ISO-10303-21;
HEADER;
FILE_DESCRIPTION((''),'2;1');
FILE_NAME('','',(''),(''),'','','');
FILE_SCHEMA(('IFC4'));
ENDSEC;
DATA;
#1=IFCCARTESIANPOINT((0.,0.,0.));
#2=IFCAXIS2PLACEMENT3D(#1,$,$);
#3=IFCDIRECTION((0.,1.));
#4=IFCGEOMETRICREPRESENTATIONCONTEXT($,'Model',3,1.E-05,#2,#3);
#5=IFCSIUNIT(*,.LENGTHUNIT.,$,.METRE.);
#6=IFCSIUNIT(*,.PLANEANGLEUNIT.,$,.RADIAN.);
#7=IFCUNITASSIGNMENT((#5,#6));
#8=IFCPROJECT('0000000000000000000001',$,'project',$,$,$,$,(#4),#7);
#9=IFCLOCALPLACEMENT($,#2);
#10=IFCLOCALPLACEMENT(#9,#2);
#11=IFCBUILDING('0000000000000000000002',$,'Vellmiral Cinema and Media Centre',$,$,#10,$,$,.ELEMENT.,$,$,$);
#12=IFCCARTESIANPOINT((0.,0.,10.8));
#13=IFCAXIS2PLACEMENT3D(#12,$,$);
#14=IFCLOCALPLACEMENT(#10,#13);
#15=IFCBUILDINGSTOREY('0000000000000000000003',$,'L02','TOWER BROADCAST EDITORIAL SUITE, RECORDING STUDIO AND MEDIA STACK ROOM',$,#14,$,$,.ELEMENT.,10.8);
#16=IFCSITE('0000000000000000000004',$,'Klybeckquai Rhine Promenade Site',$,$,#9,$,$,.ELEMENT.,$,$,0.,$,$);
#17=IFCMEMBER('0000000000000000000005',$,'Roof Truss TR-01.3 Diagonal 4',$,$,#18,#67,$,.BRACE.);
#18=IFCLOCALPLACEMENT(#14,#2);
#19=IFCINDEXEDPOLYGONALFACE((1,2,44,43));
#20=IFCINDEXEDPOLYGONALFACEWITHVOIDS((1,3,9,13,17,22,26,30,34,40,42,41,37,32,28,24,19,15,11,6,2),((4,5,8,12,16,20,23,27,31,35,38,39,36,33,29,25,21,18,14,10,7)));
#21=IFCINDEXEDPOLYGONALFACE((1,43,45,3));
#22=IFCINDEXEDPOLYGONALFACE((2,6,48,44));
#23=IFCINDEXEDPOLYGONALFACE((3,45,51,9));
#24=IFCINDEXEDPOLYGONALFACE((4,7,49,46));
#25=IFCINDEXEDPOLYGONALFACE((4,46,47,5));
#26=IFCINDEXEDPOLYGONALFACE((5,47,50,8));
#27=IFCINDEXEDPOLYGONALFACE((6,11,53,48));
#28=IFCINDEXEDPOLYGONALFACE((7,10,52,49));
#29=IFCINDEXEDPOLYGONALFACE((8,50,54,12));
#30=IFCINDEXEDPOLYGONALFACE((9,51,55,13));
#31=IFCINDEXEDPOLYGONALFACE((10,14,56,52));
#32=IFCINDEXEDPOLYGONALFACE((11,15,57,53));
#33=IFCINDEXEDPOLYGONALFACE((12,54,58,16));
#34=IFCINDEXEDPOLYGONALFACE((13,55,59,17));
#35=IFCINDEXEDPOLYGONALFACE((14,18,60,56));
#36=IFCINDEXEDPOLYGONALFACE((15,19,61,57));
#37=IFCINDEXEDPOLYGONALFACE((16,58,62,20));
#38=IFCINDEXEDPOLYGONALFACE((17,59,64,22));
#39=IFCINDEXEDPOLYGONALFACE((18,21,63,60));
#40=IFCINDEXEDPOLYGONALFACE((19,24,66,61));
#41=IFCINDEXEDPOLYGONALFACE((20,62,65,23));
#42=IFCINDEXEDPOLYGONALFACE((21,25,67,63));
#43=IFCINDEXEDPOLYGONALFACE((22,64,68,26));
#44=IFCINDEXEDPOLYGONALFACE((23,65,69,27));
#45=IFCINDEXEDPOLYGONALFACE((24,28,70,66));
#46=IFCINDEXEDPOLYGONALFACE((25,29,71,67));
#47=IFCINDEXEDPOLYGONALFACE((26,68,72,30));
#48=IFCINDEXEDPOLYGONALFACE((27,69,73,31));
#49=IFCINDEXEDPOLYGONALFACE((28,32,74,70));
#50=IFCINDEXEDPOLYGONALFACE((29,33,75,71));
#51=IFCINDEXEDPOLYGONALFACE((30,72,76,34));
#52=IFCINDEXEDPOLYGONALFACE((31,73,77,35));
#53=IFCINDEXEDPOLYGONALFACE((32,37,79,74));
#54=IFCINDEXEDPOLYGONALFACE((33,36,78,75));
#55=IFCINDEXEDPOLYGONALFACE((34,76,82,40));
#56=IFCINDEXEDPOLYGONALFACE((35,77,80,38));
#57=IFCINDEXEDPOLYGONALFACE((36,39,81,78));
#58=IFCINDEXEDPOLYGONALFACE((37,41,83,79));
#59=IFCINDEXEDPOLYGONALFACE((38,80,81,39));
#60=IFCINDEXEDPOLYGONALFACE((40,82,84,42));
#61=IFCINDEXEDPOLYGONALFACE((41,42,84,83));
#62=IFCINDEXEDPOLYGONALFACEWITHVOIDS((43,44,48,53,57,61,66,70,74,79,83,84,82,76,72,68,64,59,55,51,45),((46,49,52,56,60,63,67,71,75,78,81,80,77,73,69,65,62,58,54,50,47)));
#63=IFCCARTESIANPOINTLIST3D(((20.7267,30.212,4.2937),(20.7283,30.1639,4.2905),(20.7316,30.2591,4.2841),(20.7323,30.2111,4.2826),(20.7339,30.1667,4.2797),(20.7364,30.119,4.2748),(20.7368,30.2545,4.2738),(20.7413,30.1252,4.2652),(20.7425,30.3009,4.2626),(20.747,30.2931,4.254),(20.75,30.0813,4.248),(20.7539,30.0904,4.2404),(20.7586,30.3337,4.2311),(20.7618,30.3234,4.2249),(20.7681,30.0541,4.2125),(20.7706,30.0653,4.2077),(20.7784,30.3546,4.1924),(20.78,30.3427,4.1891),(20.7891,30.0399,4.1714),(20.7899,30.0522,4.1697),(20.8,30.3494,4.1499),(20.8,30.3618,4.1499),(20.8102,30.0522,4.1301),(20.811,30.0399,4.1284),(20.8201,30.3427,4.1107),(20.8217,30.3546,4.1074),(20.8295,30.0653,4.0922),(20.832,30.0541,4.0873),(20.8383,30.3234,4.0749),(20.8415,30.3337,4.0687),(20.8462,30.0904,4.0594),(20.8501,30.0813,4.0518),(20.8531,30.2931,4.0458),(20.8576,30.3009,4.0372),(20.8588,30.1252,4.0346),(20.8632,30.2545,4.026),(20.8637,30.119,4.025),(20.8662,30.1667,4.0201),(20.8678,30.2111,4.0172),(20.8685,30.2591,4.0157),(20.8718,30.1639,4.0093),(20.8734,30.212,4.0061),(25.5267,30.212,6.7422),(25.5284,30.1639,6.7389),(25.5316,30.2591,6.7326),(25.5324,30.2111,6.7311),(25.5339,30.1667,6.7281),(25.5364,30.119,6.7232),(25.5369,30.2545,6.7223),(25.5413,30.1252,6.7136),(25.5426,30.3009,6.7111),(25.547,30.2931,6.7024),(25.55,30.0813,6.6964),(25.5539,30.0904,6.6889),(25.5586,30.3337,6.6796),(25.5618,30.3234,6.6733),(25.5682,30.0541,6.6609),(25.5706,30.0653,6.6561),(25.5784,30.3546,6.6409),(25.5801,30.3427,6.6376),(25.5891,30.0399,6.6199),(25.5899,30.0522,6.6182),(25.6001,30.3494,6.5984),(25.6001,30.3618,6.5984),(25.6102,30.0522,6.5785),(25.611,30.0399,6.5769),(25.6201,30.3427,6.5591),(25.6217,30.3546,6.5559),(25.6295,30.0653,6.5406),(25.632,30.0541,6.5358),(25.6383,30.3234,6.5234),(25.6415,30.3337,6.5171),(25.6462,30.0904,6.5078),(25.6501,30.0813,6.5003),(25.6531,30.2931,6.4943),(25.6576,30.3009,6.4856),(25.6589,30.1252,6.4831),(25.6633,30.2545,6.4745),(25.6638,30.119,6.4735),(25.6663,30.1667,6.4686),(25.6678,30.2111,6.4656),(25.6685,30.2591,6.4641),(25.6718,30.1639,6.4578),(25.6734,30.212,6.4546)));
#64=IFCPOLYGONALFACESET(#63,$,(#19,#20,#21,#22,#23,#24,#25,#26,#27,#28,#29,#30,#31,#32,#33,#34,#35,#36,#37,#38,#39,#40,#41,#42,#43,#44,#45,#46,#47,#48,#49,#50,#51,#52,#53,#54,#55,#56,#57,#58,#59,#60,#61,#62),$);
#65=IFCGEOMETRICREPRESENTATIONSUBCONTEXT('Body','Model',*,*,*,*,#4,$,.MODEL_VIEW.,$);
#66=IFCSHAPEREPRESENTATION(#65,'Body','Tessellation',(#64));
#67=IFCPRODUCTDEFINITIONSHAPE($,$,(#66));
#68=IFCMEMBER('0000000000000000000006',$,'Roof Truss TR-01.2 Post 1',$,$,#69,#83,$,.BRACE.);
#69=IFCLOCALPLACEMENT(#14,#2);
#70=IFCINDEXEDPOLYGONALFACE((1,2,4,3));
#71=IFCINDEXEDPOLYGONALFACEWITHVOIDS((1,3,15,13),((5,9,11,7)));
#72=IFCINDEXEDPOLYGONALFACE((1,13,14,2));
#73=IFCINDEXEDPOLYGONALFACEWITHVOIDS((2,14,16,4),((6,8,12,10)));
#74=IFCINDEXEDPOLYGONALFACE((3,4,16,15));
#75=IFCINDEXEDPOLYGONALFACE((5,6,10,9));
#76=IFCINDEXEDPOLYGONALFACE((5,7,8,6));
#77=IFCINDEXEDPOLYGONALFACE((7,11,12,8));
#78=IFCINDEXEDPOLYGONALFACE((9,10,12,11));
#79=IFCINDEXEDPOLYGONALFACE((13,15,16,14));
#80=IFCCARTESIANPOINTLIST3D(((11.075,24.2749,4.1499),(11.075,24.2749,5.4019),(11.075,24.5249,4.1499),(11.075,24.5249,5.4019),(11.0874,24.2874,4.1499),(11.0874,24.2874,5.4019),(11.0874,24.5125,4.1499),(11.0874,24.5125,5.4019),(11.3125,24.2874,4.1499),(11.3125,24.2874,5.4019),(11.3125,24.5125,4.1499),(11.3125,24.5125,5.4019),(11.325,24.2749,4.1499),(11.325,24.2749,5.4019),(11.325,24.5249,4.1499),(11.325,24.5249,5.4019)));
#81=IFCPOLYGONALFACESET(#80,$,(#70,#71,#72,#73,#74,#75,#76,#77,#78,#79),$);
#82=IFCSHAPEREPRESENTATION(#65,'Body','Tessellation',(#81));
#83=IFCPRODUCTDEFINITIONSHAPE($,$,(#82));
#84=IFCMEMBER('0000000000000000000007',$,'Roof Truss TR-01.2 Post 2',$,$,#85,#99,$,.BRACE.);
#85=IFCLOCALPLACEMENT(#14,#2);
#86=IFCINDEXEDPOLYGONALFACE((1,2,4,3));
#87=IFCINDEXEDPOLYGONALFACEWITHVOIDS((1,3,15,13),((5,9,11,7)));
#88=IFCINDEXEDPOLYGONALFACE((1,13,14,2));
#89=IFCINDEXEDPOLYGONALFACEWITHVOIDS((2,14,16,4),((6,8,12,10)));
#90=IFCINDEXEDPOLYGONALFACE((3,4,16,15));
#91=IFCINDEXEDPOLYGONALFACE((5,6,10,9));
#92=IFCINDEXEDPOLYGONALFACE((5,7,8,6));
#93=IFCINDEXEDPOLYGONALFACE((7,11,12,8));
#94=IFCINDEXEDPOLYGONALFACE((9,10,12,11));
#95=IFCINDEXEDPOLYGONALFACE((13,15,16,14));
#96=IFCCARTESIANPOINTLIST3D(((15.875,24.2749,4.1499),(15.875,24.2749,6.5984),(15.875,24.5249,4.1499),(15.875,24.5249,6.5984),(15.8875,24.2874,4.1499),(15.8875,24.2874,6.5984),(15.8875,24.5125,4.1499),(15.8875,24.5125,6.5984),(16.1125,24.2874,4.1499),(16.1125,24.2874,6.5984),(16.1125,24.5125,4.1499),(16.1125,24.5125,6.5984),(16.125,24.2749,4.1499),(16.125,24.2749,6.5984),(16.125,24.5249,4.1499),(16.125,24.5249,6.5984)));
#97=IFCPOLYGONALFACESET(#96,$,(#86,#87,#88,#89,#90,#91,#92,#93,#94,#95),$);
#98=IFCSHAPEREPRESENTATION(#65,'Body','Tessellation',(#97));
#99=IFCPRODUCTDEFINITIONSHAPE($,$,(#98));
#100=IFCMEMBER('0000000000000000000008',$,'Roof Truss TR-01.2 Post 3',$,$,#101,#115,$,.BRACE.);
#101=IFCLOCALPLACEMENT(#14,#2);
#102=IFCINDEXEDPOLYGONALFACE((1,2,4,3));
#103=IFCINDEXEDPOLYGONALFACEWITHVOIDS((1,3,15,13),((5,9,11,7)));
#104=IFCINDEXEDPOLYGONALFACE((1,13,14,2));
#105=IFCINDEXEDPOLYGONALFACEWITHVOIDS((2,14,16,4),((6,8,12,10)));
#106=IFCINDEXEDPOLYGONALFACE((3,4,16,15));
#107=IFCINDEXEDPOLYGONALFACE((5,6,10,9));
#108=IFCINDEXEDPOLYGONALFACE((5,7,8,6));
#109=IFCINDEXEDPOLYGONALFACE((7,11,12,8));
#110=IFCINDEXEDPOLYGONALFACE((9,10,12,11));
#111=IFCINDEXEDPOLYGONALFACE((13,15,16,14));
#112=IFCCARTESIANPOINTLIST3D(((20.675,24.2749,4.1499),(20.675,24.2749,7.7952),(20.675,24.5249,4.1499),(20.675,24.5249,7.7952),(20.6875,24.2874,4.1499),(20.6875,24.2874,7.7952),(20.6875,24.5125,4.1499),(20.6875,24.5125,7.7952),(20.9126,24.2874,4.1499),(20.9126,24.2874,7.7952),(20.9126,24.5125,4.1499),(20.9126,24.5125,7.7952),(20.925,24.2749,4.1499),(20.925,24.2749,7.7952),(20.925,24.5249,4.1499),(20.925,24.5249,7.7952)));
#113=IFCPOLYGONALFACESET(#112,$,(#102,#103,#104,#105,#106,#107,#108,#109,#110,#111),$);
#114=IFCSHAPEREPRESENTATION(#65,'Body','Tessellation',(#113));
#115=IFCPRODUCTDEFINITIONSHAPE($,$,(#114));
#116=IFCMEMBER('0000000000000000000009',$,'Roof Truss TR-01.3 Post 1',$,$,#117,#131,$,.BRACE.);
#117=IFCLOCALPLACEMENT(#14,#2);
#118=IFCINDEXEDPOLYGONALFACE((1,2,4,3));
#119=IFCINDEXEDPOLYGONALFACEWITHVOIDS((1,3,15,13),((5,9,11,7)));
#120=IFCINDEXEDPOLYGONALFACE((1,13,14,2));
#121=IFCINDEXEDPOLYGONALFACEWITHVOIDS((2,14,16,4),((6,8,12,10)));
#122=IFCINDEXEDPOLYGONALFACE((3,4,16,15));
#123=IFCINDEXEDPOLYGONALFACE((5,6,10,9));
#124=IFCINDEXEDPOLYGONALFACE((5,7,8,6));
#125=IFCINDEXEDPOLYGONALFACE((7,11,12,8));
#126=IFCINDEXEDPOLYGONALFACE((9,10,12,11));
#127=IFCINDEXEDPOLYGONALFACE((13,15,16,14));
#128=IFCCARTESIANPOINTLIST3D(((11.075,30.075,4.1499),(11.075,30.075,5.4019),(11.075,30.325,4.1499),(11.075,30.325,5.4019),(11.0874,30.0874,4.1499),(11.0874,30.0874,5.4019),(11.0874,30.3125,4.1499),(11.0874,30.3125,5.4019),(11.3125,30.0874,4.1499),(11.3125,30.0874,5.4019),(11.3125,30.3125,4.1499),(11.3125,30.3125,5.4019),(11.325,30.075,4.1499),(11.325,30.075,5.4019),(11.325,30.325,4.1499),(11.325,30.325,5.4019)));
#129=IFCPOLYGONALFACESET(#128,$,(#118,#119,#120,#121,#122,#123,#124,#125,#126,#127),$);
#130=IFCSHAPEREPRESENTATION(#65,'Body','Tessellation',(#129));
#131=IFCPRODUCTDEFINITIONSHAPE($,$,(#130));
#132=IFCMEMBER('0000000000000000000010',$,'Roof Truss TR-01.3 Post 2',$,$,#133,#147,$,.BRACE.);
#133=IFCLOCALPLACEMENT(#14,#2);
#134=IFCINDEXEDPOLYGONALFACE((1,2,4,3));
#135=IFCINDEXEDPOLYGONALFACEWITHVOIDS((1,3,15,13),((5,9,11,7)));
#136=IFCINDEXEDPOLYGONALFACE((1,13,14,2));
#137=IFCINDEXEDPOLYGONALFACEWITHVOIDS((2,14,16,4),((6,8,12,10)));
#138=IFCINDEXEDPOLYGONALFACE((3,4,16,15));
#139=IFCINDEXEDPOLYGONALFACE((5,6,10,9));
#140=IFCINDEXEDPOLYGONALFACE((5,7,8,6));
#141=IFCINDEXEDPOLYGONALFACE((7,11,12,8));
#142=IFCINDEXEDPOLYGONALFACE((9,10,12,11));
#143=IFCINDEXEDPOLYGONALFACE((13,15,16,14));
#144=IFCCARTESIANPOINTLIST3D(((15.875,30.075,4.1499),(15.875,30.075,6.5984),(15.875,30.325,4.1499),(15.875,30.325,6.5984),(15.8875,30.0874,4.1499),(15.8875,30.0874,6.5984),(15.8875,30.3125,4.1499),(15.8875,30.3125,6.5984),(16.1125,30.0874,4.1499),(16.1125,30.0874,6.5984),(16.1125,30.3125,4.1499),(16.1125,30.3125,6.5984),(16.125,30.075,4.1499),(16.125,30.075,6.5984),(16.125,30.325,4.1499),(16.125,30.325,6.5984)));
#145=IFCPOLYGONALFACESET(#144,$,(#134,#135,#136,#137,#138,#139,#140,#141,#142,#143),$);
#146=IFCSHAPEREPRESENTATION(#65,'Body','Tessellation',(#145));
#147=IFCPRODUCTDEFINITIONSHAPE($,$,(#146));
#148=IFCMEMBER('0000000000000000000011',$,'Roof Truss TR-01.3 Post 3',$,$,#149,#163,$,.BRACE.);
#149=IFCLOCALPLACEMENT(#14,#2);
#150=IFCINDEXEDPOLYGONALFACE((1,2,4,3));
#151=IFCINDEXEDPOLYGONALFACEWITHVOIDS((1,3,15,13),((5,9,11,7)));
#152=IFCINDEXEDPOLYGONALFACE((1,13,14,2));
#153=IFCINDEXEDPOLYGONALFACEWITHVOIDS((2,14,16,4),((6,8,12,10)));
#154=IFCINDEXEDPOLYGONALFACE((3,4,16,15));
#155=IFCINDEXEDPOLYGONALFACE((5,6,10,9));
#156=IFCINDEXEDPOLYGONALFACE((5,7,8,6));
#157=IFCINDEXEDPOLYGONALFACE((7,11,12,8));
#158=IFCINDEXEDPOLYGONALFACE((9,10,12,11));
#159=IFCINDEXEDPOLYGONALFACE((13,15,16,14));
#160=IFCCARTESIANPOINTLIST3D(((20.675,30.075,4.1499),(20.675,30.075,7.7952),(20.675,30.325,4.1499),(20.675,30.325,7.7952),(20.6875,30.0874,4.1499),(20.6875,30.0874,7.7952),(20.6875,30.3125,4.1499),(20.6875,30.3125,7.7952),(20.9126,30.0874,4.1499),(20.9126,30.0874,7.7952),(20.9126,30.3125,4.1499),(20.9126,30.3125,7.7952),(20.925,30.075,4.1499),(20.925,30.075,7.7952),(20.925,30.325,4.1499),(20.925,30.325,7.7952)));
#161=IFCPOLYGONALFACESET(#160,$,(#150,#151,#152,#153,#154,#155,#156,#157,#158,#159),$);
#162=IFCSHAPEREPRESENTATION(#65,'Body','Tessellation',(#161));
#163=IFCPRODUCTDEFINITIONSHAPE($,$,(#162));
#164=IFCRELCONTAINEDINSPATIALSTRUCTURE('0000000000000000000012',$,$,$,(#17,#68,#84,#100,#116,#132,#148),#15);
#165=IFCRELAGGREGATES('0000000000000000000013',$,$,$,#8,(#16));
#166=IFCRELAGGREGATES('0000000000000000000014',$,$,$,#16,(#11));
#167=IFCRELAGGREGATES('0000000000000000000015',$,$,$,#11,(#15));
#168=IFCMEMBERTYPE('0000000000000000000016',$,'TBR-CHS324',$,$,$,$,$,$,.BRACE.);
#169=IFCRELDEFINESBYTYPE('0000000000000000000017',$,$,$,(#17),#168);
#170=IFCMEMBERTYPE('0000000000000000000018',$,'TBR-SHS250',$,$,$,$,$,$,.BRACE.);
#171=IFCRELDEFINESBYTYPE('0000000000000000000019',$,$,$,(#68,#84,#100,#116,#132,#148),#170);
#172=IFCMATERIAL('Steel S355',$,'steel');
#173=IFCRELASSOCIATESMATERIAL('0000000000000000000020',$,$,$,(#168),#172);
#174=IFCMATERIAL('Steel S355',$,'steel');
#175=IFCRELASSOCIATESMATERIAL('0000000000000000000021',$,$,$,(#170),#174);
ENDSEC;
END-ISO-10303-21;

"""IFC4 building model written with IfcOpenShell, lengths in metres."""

from ifc_helpers import new_model, si_unit, direction, frame, origin, origin_2d, place, context, subcontext, project, spatial, hollow_rectangle, hollow_circle, extrude, material, material_profile, profile_set, type_object, element, save


model = new_model("IFC4")

# Units and contexts
model_context = context("Model", 3, precision=1e-05, world=origin(), true_north=direction((0.0, 1.0)))
body_context = subcontext(model_context, "Body", "Model", "MODEL_VIEW")
ifc_project = project(units=[si_unit("LENGTHUNIT", "METRE"), si_unit("PLANEANGLEUNIT", "RADIAN")], contexts=[model_context])

# Site, building, storey
site_placement = place(None, origin())
site = spatial("IfcSite", under=ifc_project, at=site_placement, Name="Klybeckquai Rhine Promenade Site", CompositionType="ELEMENT", RefElevation=0.0)
building_placement = place(site_placement, origin())
building = spatial("IfcBuilding", under=site, at=building_placement, Name="Vellmiral Cinema and Media Centre", CompositionType="ELEMENT")
storey_placement = place(building_placement, frame((0.0, 0.0, 10.8)))
storey = spatial("IfcBuildingStorey", under=building, at=storey_placement, Name="L02", Description="TOWER BROADCAST EDITORIAL SUITE, RECORDING STUDIO AND MEDIA STACK ROOM", CompositionType="ELEMENT", Elevation=10.8)

# Members
ifc_material_1 = material(Name="Steel S355", Category="steel")
ifc_material_profile_1 = material_profile(ifc_material_1, hollow_circle(Radius=0.1619, WallThickness=0.0125, at=origin_2d()), Name="CHS 323.9x12.5")
ifc_profile_set_1 = profile_set([ifc_material_profile_1], Name="Steel S355")
member_type_1 = type_object("IfcMemberType", Name="TBR-CHS324", PredefinedType="BRACE", material=ifc_profile_set_1)
for number, where, z_axis, x_axis, name in (
    (1, (20.8, 30.2, 4.1499), (0.890801, 0.0, 0.454394), (0.0, 1.0, 0.0), "Roof Truss TR-01.3 Diagonal 4"),
):
    element("IfcMember", number, at=place(storey_placement, frame(where, z_axis=z_axis, x_axis=x_axis)), inside=storey, type_object=member_type_1, Name=name, PredefinedType="BRACE", context=body_context, shape_type="SweptSolid", body=[
        extrude(hollow_circle(Radius=0.1619, WallThickness=0.0125, at=origin_2d()), origin(), (0.0, 0.0, 1.0), 5.3884),
    ])
ifc_material_2 = material(Name="Steel S355", Category="steel")
ifc_material_profile_2 = material_profile(ifc_material_2, hollow_rectangle(XDim=0.25, YDim=0.25, WallThickness=0.0125, at=origin_2d()), Name="SHS 250x250x12.5")
ifc_profile_set_2 = profile_set([ifc_material_profile_2], Name="Steel S355")
member_type_2 = type_object("IfcMemberType", Name="TBR-SHS250", PredefinedType="BRACE", material=ifc_profile_set_2)
member_1_placement = place(storey_placement, frame((11.2, 24.3999, 4.1499), z_axis=(0.0, 0.0, 1.0), x_axis=(1.0, 0.0, 0.0)))
element("IfcMember", 2, at=member_1_placement, inside=storey, type_object=member_type_2, Name="Roof Truss TR-01.2 Post 1", PredefinedType="BRACE", context=body_context, shape_type="SweptSolid", body=[
    extrude(hollow_rectangle(XDim=0.25, YDim=0.25, WallThickness=0.0125, at=origin_2d()), origin(), (0.0, 0.0, 1.0), 1.252),
])
member_2_placement = place(storey_placement, frame((16.0, 24.3999, 4.1499), z_axis=(0.0, 0.0, 1.0), x_axis=(1.0, 0.0, 0.0)))
element("IfcMember", 3, at=member_2_placement, inside=storey, type_object=member_type_2, Name="Roof Truss TR-01.2 Post 2", PredefinedType="BRACE", context=body_context, shape_type="SweptSolid", body=[
    extrude(hollow_rectangle(XDim=0.25, YDim=0.25, WallThickness=0.0125, at=origin_2d()), origin(), (0.0, 0.0, 1.0), 2.4485),
])
member_3_placement = place(storey_placement, frame((20.8, 24.3999, 4.1499), z_axis=(0.0, 0.0, 1.0), x_axis=(1.0, 0.0, 0.0)))
element("IfcMember", 4, at=member_3_placement, inside=storey, type_object=member_type_2, Name="Roof Truss TR-01.2 Post 3", PredefinedType="BRACE", context=body_context, shape_type="SweptSolid", body=[
    extrude(hollow_rectangle(XDim=0.25, YDim=0.25, WallThickness=0.0125, at=origin_2d()), origin(), (0.0, 0.0, 1.0), 3.6453),
])
member_4_placement = place(storey_placement, frame((11.2, 30.2, 4.1499), z_axis=(0.0, 0.0, 1.0), x_axis=(1.0, 0.0, 0.0)))
element("IfcMember", 5, at=member_4_placement, inside=storey, type_object=member_type_2, Name="Roof Truss TR-01.3 Post 1", PredefinedType="BRACE", context=body_context, shape_type="SweptSolid", body=[
    extrude(hollow_rectangle(XDim=0.25, YDim=0.25, WallThickness=0.0125, at=origin_2d()), origin(), (0.0, 0.0, 1.0), 1.252),
])
member_5_placement = place(storey_placement, frame((16.0, 30.2, 4.1499), z_axis=(0.0, 0.0, 1.0), x_axis=(1.0, 0.0, 0.0)))
element("IfcMember", 6, at=member_5_placement, inside=storey, type_object=member_type_2, Name="Roof Truss TR-01.3 Post 2", PredefinedType="BRACE", context=body_context, shape_type="SweptSolid", body=[
    extrude(hollow_rectangle(XDim=0.25, YDim=0.25, WallThickness=0.0125, at=origin_2d()), origin(), (0.0, 0.0, 1.0), 2.4485),
])
member_6_placement = place(storey_placement, frame((20.8, 30.2, 4.1499), z_axis=(0.0, 0.0, 1.0), x_axis=(1.0, 0.0, 0.0)))
element("IfcMember", 7, at=member_6_placement, inside=storey, type_object=member_type_2, Name="Roof Truss TR-01.3 Post 3", PredefinedType="BRACE", context=body_context, shape_type="SweptSolid", body=[
    extrude(hollow_rectangle(XDim=0.25, YDim=0.25, WallThickness=0.0125, at=origin_2d()), origin(), (0.0, 0.0, 1.0), 3.6453),
])

save(model, "model.ifc")
